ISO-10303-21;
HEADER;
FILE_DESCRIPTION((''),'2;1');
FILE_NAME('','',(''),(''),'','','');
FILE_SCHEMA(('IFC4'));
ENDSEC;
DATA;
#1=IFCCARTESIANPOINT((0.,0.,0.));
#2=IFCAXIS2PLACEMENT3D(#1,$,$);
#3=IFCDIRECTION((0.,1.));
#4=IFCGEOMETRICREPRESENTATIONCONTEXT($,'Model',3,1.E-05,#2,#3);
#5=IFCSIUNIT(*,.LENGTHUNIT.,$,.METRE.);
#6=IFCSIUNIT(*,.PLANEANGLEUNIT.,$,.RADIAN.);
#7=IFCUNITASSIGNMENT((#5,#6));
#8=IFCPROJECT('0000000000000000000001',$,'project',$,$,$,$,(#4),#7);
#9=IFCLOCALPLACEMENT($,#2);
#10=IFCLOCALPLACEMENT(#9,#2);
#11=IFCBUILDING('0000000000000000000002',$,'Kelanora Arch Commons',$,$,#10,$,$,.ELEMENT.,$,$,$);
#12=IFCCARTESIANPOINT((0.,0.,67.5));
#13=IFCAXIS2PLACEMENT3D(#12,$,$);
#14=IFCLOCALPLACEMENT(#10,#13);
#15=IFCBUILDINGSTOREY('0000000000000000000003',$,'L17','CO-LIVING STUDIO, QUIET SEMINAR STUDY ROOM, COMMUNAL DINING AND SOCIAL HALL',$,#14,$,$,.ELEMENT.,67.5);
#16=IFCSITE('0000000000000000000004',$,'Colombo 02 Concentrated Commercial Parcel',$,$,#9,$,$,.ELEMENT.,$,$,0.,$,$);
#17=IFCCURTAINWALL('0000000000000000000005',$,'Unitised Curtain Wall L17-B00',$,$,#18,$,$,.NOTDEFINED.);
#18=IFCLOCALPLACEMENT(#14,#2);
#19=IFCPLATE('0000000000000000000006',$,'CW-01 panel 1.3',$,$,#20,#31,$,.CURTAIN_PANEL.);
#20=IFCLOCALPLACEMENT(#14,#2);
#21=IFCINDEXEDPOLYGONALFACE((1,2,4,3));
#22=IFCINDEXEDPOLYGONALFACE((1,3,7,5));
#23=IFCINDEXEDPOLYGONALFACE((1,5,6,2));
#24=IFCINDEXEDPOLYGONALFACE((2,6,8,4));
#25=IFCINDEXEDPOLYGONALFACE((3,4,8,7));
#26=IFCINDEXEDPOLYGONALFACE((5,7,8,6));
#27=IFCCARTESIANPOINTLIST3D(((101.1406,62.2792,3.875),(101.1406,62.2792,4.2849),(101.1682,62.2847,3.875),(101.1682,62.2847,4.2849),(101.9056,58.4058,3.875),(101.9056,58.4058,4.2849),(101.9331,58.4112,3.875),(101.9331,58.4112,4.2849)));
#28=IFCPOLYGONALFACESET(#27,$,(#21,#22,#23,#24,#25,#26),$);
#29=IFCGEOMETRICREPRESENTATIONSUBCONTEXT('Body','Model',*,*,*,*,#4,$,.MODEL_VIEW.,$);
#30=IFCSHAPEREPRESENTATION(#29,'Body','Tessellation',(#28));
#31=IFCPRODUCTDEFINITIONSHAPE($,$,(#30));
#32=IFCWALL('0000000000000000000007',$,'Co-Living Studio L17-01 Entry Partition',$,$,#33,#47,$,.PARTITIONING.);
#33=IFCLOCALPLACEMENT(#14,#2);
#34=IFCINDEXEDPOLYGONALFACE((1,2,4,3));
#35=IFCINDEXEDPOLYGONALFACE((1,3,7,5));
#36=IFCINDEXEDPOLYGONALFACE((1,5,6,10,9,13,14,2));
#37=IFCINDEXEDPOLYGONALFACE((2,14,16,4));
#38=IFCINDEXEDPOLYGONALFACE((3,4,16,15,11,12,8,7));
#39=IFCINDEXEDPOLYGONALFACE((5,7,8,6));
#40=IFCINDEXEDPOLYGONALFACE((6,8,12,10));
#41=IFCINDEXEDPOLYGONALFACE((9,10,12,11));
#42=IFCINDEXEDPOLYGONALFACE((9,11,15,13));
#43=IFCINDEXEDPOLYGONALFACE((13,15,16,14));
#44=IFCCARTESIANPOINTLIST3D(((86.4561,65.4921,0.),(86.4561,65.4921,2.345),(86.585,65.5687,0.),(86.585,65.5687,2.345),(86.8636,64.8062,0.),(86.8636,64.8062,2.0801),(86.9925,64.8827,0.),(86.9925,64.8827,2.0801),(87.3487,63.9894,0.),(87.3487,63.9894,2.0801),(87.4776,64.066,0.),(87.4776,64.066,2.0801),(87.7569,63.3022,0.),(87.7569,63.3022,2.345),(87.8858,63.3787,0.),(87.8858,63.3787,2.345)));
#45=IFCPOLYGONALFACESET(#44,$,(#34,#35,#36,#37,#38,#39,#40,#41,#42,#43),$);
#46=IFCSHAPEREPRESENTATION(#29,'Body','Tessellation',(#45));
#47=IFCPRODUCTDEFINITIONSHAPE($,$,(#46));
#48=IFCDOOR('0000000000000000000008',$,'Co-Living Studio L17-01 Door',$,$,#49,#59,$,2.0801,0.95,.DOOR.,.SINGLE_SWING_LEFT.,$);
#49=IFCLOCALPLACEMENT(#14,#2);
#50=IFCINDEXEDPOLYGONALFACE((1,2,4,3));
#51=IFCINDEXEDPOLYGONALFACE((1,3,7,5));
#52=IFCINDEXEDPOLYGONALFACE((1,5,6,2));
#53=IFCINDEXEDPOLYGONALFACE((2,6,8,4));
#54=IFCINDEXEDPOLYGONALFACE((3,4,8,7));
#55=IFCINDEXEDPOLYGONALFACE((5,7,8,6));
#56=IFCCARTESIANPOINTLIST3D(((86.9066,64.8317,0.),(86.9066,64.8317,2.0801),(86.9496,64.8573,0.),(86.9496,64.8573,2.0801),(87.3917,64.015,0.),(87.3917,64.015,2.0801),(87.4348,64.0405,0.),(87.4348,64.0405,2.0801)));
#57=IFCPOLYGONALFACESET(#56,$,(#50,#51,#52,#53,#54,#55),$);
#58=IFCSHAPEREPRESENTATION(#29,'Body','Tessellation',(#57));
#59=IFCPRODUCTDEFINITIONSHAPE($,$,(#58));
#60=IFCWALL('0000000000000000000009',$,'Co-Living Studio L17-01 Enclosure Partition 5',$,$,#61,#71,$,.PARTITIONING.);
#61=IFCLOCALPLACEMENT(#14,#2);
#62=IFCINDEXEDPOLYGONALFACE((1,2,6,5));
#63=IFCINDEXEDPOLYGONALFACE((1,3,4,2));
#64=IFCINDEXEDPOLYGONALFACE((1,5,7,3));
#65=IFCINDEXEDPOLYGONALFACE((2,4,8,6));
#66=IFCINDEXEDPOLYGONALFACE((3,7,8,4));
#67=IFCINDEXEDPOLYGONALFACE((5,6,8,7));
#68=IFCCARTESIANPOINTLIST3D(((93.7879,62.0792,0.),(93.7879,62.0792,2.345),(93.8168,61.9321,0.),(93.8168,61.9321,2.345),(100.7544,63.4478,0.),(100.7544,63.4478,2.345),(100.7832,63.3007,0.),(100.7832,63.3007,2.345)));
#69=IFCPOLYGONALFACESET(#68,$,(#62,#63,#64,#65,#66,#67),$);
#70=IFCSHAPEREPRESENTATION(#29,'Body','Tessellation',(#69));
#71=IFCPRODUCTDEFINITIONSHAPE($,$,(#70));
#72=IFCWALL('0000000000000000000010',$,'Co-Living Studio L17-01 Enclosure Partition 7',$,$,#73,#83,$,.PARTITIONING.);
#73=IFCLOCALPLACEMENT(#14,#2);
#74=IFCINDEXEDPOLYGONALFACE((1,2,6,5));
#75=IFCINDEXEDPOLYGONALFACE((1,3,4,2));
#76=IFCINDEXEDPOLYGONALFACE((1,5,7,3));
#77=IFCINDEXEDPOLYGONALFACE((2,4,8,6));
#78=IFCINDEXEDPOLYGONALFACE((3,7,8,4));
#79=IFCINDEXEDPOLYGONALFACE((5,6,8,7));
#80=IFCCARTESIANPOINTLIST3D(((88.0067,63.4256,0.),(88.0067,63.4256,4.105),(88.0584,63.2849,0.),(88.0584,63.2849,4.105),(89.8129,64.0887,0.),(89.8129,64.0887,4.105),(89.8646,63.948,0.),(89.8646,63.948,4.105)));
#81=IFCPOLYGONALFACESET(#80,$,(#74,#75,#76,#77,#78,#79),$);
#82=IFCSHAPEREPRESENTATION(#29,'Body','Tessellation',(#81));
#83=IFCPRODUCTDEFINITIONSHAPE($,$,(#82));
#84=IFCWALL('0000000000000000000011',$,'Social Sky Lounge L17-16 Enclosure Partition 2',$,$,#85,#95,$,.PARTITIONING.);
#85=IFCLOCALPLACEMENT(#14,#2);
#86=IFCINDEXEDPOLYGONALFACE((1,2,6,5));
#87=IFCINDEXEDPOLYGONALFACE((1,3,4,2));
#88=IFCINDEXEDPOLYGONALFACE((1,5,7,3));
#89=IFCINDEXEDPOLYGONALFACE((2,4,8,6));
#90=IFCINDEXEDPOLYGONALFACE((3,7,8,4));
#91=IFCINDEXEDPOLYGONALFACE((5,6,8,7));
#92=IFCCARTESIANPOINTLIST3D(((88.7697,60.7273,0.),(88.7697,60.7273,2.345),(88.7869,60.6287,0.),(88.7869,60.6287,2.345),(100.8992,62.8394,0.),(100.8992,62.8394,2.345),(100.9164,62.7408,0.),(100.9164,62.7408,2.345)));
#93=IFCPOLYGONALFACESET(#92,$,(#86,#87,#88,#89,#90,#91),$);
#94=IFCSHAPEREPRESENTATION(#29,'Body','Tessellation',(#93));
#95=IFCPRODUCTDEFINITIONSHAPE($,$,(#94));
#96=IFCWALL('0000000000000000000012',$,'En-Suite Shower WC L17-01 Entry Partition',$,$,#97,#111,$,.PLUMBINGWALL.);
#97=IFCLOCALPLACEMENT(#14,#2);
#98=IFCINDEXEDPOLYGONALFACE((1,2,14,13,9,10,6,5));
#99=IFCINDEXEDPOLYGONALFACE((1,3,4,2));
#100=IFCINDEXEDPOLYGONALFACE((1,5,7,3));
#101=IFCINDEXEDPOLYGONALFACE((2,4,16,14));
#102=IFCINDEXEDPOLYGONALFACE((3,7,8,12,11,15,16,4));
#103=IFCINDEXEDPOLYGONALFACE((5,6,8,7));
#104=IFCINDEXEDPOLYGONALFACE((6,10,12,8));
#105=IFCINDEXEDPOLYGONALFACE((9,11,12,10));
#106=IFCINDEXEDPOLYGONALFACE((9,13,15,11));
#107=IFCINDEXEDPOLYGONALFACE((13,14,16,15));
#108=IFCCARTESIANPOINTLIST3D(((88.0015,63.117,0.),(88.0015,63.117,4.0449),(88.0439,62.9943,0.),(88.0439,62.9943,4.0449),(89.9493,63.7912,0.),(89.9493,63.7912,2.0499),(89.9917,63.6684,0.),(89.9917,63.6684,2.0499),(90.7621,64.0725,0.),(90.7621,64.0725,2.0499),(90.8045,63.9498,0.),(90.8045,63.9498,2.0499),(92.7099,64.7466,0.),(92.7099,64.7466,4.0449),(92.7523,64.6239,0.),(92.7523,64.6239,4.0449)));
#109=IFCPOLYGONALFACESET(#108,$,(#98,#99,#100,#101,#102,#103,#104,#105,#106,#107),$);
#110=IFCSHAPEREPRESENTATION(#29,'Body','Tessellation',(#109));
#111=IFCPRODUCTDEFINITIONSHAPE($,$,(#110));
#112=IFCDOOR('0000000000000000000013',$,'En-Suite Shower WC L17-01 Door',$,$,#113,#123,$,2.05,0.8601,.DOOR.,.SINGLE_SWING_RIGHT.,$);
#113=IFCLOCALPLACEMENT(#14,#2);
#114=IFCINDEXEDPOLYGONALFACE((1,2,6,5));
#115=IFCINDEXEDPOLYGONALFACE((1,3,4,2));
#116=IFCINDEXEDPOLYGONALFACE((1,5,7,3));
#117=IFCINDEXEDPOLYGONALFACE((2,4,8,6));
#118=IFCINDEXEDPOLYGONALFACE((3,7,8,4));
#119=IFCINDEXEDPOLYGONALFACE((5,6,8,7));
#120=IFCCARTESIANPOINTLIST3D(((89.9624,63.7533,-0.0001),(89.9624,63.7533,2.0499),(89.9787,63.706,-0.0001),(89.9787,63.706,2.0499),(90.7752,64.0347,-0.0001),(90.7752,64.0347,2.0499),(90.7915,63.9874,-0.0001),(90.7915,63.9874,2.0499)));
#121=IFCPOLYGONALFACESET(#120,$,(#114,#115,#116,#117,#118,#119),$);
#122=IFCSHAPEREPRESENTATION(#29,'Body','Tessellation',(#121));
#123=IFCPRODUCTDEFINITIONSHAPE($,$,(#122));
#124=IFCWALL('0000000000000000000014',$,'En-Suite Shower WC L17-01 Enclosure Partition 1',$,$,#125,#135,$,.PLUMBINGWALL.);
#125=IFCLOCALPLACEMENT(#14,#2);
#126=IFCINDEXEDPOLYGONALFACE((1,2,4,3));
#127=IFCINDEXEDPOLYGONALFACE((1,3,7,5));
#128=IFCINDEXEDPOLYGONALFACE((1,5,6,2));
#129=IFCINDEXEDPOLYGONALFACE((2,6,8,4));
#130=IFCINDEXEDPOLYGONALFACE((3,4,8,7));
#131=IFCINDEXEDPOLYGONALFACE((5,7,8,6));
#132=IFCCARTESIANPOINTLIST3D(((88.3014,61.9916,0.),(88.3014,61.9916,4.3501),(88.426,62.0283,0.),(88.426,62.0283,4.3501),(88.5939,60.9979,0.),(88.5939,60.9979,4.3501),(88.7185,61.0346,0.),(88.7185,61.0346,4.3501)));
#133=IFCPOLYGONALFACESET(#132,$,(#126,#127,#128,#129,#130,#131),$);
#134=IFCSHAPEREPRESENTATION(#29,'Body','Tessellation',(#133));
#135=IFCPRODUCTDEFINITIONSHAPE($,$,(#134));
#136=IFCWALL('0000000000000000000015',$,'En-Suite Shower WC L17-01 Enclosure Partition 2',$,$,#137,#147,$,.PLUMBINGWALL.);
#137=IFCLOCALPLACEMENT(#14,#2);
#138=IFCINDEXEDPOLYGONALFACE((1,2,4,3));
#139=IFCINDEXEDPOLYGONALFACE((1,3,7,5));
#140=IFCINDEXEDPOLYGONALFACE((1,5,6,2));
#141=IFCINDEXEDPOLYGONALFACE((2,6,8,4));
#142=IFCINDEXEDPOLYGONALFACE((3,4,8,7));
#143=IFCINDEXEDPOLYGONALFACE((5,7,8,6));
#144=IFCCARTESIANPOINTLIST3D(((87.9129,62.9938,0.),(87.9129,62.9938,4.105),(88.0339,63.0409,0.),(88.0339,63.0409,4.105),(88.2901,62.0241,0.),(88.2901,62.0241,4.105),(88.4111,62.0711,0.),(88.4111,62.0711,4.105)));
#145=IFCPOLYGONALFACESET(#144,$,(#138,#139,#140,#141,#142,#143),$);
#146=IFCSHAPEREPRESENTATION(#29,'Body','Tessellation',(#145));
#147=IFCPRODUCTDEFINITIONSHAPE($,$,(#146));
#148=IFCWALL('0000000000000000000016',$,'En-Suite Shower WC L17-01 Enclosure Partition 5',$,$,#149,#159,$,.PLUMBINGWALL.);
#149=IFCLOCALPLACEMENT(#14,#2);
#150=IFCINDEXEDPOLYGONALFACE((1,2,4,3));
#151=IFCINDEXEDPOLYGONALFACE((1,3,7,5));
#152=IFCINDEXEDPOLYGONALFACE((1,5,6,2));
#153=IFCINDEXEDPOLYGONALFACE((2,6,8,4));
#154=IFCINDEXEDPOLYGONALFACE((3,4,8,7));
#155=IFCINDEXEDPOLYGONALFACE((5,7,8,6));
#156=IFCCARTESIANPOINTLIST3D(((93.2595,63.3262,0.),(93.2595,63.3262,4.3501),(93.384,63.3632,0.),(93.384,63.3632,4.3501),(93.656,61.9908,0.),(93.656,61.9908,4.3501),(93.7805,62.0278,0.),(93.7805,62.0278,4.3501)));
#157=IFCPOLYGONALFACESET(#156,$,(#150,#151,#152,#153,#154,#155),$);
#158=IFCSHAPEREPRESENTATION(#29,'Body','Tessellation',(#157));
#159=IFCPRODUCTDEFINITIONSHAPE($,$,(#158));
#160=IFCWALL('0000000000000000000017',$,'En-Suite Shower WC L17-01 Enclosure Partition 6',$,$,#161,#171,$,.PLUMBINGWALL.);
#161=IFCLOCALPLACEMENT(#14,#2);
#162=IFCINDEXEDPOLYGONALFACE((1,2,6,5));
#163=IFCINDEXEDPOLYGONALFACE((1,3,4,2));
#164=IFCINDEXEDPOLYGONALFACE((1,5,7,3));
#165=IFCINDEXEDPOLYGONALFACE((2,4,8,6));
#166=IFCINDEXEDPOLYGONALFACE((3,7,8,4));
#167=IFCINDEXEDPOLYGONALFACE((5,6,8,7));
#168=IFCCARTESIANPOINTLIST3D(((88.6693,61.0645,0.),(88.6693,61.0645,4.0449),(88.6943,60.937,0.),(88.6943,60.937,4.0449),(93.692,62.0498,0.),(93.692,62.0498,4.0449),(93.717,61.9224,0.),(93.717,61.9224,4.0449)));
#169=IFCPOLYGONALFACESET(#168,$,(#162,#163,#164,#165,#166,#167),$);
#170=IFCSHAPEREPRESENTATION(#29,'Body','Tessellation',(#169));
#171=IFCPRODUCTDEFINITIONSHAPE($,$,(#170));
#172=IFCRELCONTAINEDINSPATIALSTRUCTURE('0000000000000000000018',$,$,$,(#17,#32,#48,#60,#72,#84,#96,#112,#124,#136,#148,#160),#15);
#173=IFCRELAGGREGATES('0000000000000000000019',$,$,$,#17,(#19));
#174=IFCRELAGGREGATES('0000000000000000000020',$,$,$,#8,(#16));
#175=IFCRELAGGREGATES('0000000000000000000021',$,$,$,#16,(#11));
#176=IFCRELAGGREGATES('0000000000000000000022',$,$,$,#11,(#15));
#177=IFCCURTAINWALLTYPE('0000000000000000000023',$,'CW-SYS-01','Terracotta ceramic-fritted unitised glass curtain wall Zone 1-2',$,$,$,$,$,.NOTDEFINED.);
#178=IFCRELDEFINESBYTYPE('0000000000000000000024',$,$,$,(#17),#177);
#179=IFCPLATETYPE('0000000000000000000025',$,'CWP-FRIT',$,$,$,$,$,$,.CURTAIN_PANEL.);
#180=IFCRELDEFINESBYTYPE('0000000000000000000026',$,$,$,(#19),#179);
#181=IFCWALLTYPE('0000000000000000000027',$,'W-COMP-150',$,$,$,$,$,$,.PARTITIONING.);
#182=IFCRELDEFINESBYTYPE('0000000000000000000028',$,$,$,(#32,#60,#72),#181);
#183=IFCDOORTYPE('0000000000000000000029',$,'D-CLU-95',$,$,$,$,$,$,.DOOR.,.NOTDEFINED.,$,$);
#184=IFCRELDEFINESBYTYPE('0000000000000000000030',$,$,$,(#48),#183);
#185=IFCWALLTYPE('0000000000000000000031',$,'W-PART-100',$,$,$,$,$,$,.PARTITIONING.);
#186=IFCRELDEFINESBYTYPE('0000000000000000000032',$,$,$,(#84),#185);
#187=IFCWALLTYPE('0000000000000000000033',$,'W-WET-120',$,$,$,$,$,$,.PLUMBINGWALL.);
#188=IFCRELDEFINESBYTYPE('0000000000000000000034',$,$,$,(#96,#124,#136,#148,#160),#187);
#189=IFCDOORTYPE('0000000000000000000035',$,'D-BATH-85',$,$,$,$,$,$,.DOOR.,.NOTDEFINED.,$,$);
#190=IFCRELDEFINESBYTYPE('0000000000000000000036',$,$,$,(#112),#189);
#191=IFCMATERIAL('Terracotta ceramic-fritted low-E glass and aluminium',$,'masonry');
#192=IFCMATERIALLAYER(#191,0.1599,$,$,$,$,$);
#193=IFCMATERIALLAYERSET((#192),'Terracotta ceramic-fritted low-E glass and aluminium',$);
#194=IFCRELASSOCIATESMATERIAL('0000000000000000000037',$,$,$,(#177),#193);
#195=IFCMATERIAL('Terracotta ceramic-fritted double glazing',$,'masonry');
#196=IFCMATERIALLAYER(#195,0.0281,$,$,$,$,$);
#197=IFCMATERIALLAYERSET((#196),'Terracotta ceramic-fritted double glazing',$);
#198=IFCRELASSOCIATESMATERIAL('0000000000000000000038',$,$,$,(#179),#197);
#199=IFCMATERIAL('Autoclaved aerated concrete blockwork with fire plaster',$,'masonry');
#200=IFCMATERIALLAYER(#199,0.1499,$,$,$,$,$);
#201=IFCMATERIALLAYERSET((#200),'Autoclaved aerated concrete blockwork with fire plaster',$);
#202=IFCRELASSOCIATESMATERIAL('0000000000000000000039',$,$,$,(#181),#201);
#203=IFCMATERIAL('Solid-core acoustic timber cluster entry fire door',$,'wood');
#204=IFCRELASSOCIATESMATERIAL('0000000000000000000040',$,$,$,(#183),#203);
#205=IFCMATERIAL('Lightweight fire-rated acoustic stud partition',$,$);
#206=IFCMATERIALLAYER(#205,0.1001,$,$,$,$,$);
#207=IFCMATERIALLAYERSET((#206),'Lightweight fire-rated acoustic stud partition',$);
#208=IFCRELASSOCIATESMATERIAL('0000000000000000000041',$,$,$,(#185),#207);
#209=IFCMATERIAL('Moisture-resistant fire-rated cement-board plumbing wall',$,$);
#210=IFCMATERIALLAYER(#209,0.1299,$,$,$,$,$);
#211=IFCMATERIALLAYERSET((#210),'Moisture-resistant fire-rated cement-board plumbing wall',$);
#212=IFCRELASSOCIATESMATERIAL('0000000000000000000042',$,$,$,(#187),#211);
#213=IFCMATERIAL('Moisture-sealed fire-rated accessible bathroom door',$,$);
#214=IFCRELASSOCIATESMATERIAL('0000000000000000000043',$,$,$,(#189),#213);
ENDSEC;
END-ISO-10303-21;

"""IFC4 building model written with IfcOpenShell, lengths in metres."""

from ifc_helpers import new_model, si_unit, direction, frame, frame_2d, origin, origin_2d, place, context, subcontext, project, spatial, rectangle, extrude, source, transform, mapped, material, layer, layer_set, type_object, element, fill, aggregate, save


model = new_model("IFC4")

# Units and contexts
model_context = context("Model", 3, precision=1e-05, world=origin(), true_north=direction((0.0, 1.0)))
body_context = subcontext(model_context, "Body", "Model", "MODEL_VIEW")
ifc_project = project(units=[si_unit("LENGTHUNIT", "METRE"), si_unit("PLANEANGLEUNIT", "RADIAN")], contexts=[model_context])

# Site, building, storey
site_placement = place(None, origin())
site = spatial("IfcSite", under=ifc_project, at=site_placement, Name="Colombo 02 Concentrated Commercial Parcel", CompositionType="ELEMENT", RefElevation=0.0)
building_placement = place(site_placement, origin())
building = spatial("IfcBuilding", under=site, at=building_placement, Name="Kelanora Arch Commons", CompositionType="ELEMENT")
storey_placement = place(building_placement, frame((0.0, 0.0, 67.5)))
storey = spatial("IfcBuildingStorey", under=building, at=storey_placement, Name="L17", Description="CO-LIVING STUDIO, QUIET SEMINAR STUDY ROOM, COMMUNAL DINING AND SOCIAL HALL", CompositionType="ELEMENT", Elevation=67.5)

# Curtain wall, plate
ifc_material_1 = material(Name="Terracotta ceramic-fritted low-E glass and aluminium", Category="masonry")
ifc_layer_1 = layer(ifc_material_1, 0.1599)
ifc_layer_set_1 = layer_set([ifc_layer_1], Name="Terracotta ceramic-fritted low-E glass and aluminium")
curtain_wall_type = type_object("IfcCurtainWallType", Name="CW-SYS-01", Description="Terracotta ceramic-fritted unitised glass curtain wall Zone 1-2", PredefinedType="NOTDEFINED", material=ifc_layer_set_1)
curtain_wall_placement = place(storey_placement, origin())
curtain_wall = element("IfcCurtainWall", 1, at=curtain_wall_placement, inside=storey, type_object=curtain_wall_type, Name="Unitised Curtain Wall L17-B00", PredefinedType="NOTDEFINED")
ifc_material_2 = material(Name="Terracotta ceramic-fritted double glazing", Category="masonry")
ifc_layer_2 = layer(ifc_material_2, 0.0281)
ifc_layer_set_2 = layer_set([ifc_layer_2], Name="Terracotta ceramic-fritted double glazing")
plate_type = type_object("IfcPlateType", Name="CWP-FRIT", PredefinedType="CURTAIN_PANEL", material=ifc_layer_set_2)
shared_shape_1 = source(origin(), body_context, "Body", "SweptSolid", [
    extrude(rectangle(XDim=3.9482, YDim=0.0281, at=origin_2d()), origin(), (0.0, 0.0, 1.0), 0.4099),
])
plate_1_placement = place(storey_placement, frame((101.5369, 60.3452, 3.875), z_axis=(0.0, 0.0, 1.0), x_axis=(-0.193744, 0.981052, 0.0)))
plate_1 = element("IfcPlate", 2, at=plate_1_placement, type_object=plate_type, Name="CW-01 panel 1.3", PredefinedType="CURTAIN_PANEL", context=body_context, shape_type="MappedRepresentation", body=[
    mapped(shared_shape_1, transform((0.0, 0.0, 0.0), scale=1.0)),
])
aggregate(curtain_wall, [plate_1])

# Wall, opening, door
ifc_material_3 = material(Name="Autoclaved aerated concrete blockwork with fire plaster", Category="masonry")
ifc_layer_3 = layer(ifc_material_3, 0.1499)
ifc_layer_set_3 = layer_set([ifc_layer_3], Name="Autoclaved aerated concrete blockwork with fire plaster")
wall_type_1 = type_object("IfcWallType", Name="W-COMP-150", PredefinedType="PARTITIONING", material=ifc_layer_set_3)
wall_1_placement = place(storey_placement, frame((87.8213, 63.3406, 0.0), z_axis=(0.0, 0.0, 1.0), x_axis=(-0.510685, 0.859768, 0.0)))
wall_1 = element("IfcWall", 3, at=wall_1_placement, inside=storey, type_object=wall_type_1, Name="Co-Living Studio L17-01 Entry Partition", PredefinedType="PARTITIONING", context=body_context, shape_type="SweptSolid", body=[
    extrude(rectangle(XDim=2.5471, YDim=0.1499, at=frame_2d((1.2734, 0.0))), origin(), (0.0, 0.0, 1.0), 2.345),
])
opening_1_placement = place(wall_1_placement, frame((0.7991, 0.0, 0.0)))
opening_1 = element("IfcOpeningElement", 4, at=opening_1_placement, cuts=wall_1, PredefinedType="OPENING", context=body_context, shape_type="SweptSolid", body=[
    extrude(rectangle(XDim=0.95, YDim=2.0801, at=frame_2d((0.4751, 1.04))), frame((0.0, 0.085, 0.0), z_axis=(0.0, -1.0, 0.0), x_axis=(1.0, 0.0, 0.0)), (0.0, 0.0, 1.0), 0.1699),
])
ifc_material_4 = material(Name="Solid-core acoustic timber cluster entry fire door", Category="wood")
door_type_1 = type_object("IfcDoorType", Name="D-CLU-95", OperationType="NOTDEFINED", PredefinedType="DOOR", material=ifc_material_4)
door_1_placement = place(opening_1_placement, origin())
door_1 = element("IfcDoor", 5, at=door_1_placement, inside=storey, type_object=door_type_1, Name="Co-Living Studio L17-01 Door", OperationType="SINGLE_SWING_LEFT", OverallHeight=2.0801, OverallWidth=0.95, PredefinedType="DOOR", context=body_context, shape_type="SweptSolid", body=[
    extrude(rectangle(XDim=0.95, YDim=2.0801, at=frame_2d((0.4751, 1.04))), frame((0.0, 0.0249, 0.0), z_axis=(0.0, -1.0, 0.0), x_axis=(1.0, 0.0, 0.0)), (0.0, 0.0, 1.0), 0.05),
])
fill(opening_1, door_1)

# Walls
wall_2_placement = place(storey_placement, frame((100.7688, 63.3743, 0.0), z_axis=(0.0, 0.0, 1.0), x_axis=(-0.981243, -0.192775, 0.0)))
element("IfcWall", 6, at=wall_2_placement, inside=storey, type_object=wall_type_1, Name="Co-Living Studio L17-01 Enclosure Partition 5", PredefinedType="PARTITIONING", context=body_context, shape_type="SweptSolid", body=[
    extrude(rectangle(XDim=7.0996, YDim=0.1499, at=frame_2d((3.5498, 0.0))), origin(), (0.0, 0.0, 1.0), 2.345),
])
wall_3_placement = place(storey_placement, frame((89.8386, 64.0183, 0.0), z_axis=(0.0, 0.0, 1.0), x_axis=(-0.938737, -0.344635, 0.0)))
element("IfcWall", 7, at=wall_3_placement, inside=storey, type_object=wall_type_1, Name="Co-Living Studio L17-01 Enclosure Partition 7", PredefinedType="PARTITIONING", context=body_context, shape_type="SweptSolid", body=[
    extrude(rectangle(XDim=1.9241, YDim=0.1499, at=frame_2d((0.9619, 0.0))), origin(), (0.0, 0.0, 1.0), 4.105),
])
ifc_material_5 = material(Name="Lightweight fire-rated acoustic stud partition")
ifc_layer_4 = layer(ifc_material_5, 0.1001)
ifc_layer_set_4 = layer_set([ifc_layer_4], Name="Lightweight fire-rated acoustic stud partition")
wall_type_2 = type_object("IfcWallType", Name="W-PART-100", PredefinedType="PARTITIONING", material=ifc_layer_set_4)
wall_4_placement = place(storey_placement, frame((88.7783, 60.678, 0.0), z_axis=(0.0, 0.0, 1.0), x_axis=(0.985176, 0.171546, 0.0)))
element("IfcWall", 8, at=wall_4_placement, inside=storey, type_object=wall_type_2, Name="Social Sky Lounge L17-16 Enclosure Partition 2", PredefinedType="PARTITIONING", context=body_context, shape_type="SweptSolid", body=[
    extrude(rectangle(XDim=12.312, YDim=0.1001, at=frame_2d((6.156, 0.0))), origin(), (0.0, 0.0, 1.0), 2.345),
])

# Wall, opening, door
ifc_material_6 = material(Name="Moisture-resistant fire-rated cement-board plumbing wall")
ifc_layer_5 = layer(ifc_material_6, 0.1299)
ifc_layer_set_5 = layer_set([ifc_layer_5], Name="Moisture-resistant fire-rated cement-board plumbing wall")
wall_type_3 = type_object("IfcWallType", Name="W-WET-120", PredefinedType="PLUMBINGWALL", material=ifc_layer_set_5)
wall_5_placement = place(storey_placement, frame((88.0227, 63.0557, 0.0), z_axis=(0.0, 0.0, 1.0), x_axis=(0.945, 0.32707, 0.0)))
wall_5 = element("IfcWall", 9, at=wall_5_placement, inside=storey, type_object=wall_type_3, Name="En-Suite Shower WC L17-01 Entry Partition", PredefinedType="PLUMBINGWALL", context=body_context, shape_type="SweptSolid", body=[
    extrude(rectangle(XDim=4.9824, YDim=0.1299, at=frame_2d((2.4912, 0.0))), origin(), (0.0, 0.0, 1.0), 4.0449),
])
opening_2_placement = place(wall_5_placement, frame((2.061, 0.0, 0.0)))
opening_2 = element("IfcOpeningElement", 10, at=opening_2_placement, cuts=wall_5, PredefinedType="OPENING", context=body_context, shape_type="SweptSolid", body=[
    extrude(rectangle(XDim=0.8601, YDim=2.05, at=frame_2d((0.4302, 1.0249))), frame((0.0, 0.075, 0.0), z_axis=(0.0, -1.0, 0.0), x_axis=(1.0, 0.0, 0.0)), (0.0, 0.0, 1.0), 0.1499),
])
ifc_material_7 = material(Name="Moisture-sealed fire-rated accessible bathroom door")
door_type_2 = type_object("IfcDoorType", Name="D-BATH-85", OperationType="NOTDEFINED", PredefinedType="DOOR", material=ifc_material_7)
door_2_placement = place(opening_2_placement, origin())
door_2 = element("IfcDoor", 11, at=door_2_placement, inside=storey, type_object=door_type_2, Name="En-Suite Shower WC L17-01 Door", OperationType="SINGLE_SWING_RIGHT", OverallHeight=2.05, OverallWidth=0.8601, PredefinedType="DOOR", context=body_context, shape_type="SweptSolid", body=[
    extrude(rectangle(XDim=0.8601, YDim=2.05, at=frame_2d((0.4302, 1.0249))), frame((0.0, 0.0249, 0.0), z_axis=(0.0, -1.0, 0.0), x_axis=(1.0, 0.0, 0.0)), (0.0, 0.0, 1.0), 0.05),
])
fill(opening_2, door_2)

# Walls
wall_6_placement = place(storey_placement, frame((88.6562, 61.0161, 0.0), z_axis=(0.0, 0.0, 1.0), x_axis=(-0.28237, 0.959305, 0.0)))
element("IfcWall", 12, at=wall_6_placement, inside=storey, type_object=wall_type_3, Name="En-Suite Shower WC L17-01 Enclosure Partition 1", PredefinedType="PLUMBINGWALL", context=body_context, shape_type="SweptSolid", body=[
    extrude(rectangle(XDim=1.0359, YDim=0.1299, at=frame_2d((0.5181, 0.0))), origin(), (0.0, 0.0, 1.0), 4.3501),
])
wall_7_placement = place(storey_placement, frame((88.3506, 62.0476, 0.0), z_axis=(0.0, 0.0, 1.0), x_axis=(-0.362514, 0.931978, 0.0)))
element("IfcWall", 13, at=wall_7_placement, inside=storey, type_object=wall_type_3, Name="En-Suite Shower WC L17-01 Enclosure Partition 2", PredefinedType="PLUMBINGWALL", context=body_context, shape_type="SweptSolid", body=[
    extrude(rectangle(XDim=1.0405, YDim=0.1299, at=frame_2d((0.5203, 0.0))), origin(), (0.0, 0.0, 1.0), 4.105),
])
wall_8_placement = place(storey_placement, frame((93.3218, 63.3447, 0.0), z_axis=(0.0, 0.0, 1.0), x_axis=(0.284613, -0.958642, 0.0)))
element("IfcWall", 14, at=wall_8_placement, inside=storey, type_object=wall_type_3, Name="En-Suite Shower WC L17-01 Enclosure Partition 5", PredefinedType="PLUMBINGWALL", context=body_context, shape_type="SweptSolid", body=[
    extrude(rectangle(XDim=1.3931, YDim=0.1299, at=frame_2d((0.6965, 0.0))), origin(), (0.0, 0.0, 1.0), 4.3501),
])
wall_9_placement = place(storey_placement, frame((93.7043, 61.9861, 0.0), z_axis=(0.0, 0.0, 1.0), x_axis=(-0.981295, -0.19251, 0.0)))
element("IfcWall", 15, at=wall_9_placement, inside=storey, type_object=wall_type_3, Name="En-Suite Shower WC L17-01 Enclosure Partition 6", PredefinedType="PLUMBINGWALL", context=body_context, shape_type="SweptSolid", body=[
    extrude(rectangle(XDim=5.1184, YDim=0.1299, at=frame_2d((2.5591, 0.0))), origin(), (0.0, 0.0, 1.0), 4.0449),
])

save(model, "model.ifc")
